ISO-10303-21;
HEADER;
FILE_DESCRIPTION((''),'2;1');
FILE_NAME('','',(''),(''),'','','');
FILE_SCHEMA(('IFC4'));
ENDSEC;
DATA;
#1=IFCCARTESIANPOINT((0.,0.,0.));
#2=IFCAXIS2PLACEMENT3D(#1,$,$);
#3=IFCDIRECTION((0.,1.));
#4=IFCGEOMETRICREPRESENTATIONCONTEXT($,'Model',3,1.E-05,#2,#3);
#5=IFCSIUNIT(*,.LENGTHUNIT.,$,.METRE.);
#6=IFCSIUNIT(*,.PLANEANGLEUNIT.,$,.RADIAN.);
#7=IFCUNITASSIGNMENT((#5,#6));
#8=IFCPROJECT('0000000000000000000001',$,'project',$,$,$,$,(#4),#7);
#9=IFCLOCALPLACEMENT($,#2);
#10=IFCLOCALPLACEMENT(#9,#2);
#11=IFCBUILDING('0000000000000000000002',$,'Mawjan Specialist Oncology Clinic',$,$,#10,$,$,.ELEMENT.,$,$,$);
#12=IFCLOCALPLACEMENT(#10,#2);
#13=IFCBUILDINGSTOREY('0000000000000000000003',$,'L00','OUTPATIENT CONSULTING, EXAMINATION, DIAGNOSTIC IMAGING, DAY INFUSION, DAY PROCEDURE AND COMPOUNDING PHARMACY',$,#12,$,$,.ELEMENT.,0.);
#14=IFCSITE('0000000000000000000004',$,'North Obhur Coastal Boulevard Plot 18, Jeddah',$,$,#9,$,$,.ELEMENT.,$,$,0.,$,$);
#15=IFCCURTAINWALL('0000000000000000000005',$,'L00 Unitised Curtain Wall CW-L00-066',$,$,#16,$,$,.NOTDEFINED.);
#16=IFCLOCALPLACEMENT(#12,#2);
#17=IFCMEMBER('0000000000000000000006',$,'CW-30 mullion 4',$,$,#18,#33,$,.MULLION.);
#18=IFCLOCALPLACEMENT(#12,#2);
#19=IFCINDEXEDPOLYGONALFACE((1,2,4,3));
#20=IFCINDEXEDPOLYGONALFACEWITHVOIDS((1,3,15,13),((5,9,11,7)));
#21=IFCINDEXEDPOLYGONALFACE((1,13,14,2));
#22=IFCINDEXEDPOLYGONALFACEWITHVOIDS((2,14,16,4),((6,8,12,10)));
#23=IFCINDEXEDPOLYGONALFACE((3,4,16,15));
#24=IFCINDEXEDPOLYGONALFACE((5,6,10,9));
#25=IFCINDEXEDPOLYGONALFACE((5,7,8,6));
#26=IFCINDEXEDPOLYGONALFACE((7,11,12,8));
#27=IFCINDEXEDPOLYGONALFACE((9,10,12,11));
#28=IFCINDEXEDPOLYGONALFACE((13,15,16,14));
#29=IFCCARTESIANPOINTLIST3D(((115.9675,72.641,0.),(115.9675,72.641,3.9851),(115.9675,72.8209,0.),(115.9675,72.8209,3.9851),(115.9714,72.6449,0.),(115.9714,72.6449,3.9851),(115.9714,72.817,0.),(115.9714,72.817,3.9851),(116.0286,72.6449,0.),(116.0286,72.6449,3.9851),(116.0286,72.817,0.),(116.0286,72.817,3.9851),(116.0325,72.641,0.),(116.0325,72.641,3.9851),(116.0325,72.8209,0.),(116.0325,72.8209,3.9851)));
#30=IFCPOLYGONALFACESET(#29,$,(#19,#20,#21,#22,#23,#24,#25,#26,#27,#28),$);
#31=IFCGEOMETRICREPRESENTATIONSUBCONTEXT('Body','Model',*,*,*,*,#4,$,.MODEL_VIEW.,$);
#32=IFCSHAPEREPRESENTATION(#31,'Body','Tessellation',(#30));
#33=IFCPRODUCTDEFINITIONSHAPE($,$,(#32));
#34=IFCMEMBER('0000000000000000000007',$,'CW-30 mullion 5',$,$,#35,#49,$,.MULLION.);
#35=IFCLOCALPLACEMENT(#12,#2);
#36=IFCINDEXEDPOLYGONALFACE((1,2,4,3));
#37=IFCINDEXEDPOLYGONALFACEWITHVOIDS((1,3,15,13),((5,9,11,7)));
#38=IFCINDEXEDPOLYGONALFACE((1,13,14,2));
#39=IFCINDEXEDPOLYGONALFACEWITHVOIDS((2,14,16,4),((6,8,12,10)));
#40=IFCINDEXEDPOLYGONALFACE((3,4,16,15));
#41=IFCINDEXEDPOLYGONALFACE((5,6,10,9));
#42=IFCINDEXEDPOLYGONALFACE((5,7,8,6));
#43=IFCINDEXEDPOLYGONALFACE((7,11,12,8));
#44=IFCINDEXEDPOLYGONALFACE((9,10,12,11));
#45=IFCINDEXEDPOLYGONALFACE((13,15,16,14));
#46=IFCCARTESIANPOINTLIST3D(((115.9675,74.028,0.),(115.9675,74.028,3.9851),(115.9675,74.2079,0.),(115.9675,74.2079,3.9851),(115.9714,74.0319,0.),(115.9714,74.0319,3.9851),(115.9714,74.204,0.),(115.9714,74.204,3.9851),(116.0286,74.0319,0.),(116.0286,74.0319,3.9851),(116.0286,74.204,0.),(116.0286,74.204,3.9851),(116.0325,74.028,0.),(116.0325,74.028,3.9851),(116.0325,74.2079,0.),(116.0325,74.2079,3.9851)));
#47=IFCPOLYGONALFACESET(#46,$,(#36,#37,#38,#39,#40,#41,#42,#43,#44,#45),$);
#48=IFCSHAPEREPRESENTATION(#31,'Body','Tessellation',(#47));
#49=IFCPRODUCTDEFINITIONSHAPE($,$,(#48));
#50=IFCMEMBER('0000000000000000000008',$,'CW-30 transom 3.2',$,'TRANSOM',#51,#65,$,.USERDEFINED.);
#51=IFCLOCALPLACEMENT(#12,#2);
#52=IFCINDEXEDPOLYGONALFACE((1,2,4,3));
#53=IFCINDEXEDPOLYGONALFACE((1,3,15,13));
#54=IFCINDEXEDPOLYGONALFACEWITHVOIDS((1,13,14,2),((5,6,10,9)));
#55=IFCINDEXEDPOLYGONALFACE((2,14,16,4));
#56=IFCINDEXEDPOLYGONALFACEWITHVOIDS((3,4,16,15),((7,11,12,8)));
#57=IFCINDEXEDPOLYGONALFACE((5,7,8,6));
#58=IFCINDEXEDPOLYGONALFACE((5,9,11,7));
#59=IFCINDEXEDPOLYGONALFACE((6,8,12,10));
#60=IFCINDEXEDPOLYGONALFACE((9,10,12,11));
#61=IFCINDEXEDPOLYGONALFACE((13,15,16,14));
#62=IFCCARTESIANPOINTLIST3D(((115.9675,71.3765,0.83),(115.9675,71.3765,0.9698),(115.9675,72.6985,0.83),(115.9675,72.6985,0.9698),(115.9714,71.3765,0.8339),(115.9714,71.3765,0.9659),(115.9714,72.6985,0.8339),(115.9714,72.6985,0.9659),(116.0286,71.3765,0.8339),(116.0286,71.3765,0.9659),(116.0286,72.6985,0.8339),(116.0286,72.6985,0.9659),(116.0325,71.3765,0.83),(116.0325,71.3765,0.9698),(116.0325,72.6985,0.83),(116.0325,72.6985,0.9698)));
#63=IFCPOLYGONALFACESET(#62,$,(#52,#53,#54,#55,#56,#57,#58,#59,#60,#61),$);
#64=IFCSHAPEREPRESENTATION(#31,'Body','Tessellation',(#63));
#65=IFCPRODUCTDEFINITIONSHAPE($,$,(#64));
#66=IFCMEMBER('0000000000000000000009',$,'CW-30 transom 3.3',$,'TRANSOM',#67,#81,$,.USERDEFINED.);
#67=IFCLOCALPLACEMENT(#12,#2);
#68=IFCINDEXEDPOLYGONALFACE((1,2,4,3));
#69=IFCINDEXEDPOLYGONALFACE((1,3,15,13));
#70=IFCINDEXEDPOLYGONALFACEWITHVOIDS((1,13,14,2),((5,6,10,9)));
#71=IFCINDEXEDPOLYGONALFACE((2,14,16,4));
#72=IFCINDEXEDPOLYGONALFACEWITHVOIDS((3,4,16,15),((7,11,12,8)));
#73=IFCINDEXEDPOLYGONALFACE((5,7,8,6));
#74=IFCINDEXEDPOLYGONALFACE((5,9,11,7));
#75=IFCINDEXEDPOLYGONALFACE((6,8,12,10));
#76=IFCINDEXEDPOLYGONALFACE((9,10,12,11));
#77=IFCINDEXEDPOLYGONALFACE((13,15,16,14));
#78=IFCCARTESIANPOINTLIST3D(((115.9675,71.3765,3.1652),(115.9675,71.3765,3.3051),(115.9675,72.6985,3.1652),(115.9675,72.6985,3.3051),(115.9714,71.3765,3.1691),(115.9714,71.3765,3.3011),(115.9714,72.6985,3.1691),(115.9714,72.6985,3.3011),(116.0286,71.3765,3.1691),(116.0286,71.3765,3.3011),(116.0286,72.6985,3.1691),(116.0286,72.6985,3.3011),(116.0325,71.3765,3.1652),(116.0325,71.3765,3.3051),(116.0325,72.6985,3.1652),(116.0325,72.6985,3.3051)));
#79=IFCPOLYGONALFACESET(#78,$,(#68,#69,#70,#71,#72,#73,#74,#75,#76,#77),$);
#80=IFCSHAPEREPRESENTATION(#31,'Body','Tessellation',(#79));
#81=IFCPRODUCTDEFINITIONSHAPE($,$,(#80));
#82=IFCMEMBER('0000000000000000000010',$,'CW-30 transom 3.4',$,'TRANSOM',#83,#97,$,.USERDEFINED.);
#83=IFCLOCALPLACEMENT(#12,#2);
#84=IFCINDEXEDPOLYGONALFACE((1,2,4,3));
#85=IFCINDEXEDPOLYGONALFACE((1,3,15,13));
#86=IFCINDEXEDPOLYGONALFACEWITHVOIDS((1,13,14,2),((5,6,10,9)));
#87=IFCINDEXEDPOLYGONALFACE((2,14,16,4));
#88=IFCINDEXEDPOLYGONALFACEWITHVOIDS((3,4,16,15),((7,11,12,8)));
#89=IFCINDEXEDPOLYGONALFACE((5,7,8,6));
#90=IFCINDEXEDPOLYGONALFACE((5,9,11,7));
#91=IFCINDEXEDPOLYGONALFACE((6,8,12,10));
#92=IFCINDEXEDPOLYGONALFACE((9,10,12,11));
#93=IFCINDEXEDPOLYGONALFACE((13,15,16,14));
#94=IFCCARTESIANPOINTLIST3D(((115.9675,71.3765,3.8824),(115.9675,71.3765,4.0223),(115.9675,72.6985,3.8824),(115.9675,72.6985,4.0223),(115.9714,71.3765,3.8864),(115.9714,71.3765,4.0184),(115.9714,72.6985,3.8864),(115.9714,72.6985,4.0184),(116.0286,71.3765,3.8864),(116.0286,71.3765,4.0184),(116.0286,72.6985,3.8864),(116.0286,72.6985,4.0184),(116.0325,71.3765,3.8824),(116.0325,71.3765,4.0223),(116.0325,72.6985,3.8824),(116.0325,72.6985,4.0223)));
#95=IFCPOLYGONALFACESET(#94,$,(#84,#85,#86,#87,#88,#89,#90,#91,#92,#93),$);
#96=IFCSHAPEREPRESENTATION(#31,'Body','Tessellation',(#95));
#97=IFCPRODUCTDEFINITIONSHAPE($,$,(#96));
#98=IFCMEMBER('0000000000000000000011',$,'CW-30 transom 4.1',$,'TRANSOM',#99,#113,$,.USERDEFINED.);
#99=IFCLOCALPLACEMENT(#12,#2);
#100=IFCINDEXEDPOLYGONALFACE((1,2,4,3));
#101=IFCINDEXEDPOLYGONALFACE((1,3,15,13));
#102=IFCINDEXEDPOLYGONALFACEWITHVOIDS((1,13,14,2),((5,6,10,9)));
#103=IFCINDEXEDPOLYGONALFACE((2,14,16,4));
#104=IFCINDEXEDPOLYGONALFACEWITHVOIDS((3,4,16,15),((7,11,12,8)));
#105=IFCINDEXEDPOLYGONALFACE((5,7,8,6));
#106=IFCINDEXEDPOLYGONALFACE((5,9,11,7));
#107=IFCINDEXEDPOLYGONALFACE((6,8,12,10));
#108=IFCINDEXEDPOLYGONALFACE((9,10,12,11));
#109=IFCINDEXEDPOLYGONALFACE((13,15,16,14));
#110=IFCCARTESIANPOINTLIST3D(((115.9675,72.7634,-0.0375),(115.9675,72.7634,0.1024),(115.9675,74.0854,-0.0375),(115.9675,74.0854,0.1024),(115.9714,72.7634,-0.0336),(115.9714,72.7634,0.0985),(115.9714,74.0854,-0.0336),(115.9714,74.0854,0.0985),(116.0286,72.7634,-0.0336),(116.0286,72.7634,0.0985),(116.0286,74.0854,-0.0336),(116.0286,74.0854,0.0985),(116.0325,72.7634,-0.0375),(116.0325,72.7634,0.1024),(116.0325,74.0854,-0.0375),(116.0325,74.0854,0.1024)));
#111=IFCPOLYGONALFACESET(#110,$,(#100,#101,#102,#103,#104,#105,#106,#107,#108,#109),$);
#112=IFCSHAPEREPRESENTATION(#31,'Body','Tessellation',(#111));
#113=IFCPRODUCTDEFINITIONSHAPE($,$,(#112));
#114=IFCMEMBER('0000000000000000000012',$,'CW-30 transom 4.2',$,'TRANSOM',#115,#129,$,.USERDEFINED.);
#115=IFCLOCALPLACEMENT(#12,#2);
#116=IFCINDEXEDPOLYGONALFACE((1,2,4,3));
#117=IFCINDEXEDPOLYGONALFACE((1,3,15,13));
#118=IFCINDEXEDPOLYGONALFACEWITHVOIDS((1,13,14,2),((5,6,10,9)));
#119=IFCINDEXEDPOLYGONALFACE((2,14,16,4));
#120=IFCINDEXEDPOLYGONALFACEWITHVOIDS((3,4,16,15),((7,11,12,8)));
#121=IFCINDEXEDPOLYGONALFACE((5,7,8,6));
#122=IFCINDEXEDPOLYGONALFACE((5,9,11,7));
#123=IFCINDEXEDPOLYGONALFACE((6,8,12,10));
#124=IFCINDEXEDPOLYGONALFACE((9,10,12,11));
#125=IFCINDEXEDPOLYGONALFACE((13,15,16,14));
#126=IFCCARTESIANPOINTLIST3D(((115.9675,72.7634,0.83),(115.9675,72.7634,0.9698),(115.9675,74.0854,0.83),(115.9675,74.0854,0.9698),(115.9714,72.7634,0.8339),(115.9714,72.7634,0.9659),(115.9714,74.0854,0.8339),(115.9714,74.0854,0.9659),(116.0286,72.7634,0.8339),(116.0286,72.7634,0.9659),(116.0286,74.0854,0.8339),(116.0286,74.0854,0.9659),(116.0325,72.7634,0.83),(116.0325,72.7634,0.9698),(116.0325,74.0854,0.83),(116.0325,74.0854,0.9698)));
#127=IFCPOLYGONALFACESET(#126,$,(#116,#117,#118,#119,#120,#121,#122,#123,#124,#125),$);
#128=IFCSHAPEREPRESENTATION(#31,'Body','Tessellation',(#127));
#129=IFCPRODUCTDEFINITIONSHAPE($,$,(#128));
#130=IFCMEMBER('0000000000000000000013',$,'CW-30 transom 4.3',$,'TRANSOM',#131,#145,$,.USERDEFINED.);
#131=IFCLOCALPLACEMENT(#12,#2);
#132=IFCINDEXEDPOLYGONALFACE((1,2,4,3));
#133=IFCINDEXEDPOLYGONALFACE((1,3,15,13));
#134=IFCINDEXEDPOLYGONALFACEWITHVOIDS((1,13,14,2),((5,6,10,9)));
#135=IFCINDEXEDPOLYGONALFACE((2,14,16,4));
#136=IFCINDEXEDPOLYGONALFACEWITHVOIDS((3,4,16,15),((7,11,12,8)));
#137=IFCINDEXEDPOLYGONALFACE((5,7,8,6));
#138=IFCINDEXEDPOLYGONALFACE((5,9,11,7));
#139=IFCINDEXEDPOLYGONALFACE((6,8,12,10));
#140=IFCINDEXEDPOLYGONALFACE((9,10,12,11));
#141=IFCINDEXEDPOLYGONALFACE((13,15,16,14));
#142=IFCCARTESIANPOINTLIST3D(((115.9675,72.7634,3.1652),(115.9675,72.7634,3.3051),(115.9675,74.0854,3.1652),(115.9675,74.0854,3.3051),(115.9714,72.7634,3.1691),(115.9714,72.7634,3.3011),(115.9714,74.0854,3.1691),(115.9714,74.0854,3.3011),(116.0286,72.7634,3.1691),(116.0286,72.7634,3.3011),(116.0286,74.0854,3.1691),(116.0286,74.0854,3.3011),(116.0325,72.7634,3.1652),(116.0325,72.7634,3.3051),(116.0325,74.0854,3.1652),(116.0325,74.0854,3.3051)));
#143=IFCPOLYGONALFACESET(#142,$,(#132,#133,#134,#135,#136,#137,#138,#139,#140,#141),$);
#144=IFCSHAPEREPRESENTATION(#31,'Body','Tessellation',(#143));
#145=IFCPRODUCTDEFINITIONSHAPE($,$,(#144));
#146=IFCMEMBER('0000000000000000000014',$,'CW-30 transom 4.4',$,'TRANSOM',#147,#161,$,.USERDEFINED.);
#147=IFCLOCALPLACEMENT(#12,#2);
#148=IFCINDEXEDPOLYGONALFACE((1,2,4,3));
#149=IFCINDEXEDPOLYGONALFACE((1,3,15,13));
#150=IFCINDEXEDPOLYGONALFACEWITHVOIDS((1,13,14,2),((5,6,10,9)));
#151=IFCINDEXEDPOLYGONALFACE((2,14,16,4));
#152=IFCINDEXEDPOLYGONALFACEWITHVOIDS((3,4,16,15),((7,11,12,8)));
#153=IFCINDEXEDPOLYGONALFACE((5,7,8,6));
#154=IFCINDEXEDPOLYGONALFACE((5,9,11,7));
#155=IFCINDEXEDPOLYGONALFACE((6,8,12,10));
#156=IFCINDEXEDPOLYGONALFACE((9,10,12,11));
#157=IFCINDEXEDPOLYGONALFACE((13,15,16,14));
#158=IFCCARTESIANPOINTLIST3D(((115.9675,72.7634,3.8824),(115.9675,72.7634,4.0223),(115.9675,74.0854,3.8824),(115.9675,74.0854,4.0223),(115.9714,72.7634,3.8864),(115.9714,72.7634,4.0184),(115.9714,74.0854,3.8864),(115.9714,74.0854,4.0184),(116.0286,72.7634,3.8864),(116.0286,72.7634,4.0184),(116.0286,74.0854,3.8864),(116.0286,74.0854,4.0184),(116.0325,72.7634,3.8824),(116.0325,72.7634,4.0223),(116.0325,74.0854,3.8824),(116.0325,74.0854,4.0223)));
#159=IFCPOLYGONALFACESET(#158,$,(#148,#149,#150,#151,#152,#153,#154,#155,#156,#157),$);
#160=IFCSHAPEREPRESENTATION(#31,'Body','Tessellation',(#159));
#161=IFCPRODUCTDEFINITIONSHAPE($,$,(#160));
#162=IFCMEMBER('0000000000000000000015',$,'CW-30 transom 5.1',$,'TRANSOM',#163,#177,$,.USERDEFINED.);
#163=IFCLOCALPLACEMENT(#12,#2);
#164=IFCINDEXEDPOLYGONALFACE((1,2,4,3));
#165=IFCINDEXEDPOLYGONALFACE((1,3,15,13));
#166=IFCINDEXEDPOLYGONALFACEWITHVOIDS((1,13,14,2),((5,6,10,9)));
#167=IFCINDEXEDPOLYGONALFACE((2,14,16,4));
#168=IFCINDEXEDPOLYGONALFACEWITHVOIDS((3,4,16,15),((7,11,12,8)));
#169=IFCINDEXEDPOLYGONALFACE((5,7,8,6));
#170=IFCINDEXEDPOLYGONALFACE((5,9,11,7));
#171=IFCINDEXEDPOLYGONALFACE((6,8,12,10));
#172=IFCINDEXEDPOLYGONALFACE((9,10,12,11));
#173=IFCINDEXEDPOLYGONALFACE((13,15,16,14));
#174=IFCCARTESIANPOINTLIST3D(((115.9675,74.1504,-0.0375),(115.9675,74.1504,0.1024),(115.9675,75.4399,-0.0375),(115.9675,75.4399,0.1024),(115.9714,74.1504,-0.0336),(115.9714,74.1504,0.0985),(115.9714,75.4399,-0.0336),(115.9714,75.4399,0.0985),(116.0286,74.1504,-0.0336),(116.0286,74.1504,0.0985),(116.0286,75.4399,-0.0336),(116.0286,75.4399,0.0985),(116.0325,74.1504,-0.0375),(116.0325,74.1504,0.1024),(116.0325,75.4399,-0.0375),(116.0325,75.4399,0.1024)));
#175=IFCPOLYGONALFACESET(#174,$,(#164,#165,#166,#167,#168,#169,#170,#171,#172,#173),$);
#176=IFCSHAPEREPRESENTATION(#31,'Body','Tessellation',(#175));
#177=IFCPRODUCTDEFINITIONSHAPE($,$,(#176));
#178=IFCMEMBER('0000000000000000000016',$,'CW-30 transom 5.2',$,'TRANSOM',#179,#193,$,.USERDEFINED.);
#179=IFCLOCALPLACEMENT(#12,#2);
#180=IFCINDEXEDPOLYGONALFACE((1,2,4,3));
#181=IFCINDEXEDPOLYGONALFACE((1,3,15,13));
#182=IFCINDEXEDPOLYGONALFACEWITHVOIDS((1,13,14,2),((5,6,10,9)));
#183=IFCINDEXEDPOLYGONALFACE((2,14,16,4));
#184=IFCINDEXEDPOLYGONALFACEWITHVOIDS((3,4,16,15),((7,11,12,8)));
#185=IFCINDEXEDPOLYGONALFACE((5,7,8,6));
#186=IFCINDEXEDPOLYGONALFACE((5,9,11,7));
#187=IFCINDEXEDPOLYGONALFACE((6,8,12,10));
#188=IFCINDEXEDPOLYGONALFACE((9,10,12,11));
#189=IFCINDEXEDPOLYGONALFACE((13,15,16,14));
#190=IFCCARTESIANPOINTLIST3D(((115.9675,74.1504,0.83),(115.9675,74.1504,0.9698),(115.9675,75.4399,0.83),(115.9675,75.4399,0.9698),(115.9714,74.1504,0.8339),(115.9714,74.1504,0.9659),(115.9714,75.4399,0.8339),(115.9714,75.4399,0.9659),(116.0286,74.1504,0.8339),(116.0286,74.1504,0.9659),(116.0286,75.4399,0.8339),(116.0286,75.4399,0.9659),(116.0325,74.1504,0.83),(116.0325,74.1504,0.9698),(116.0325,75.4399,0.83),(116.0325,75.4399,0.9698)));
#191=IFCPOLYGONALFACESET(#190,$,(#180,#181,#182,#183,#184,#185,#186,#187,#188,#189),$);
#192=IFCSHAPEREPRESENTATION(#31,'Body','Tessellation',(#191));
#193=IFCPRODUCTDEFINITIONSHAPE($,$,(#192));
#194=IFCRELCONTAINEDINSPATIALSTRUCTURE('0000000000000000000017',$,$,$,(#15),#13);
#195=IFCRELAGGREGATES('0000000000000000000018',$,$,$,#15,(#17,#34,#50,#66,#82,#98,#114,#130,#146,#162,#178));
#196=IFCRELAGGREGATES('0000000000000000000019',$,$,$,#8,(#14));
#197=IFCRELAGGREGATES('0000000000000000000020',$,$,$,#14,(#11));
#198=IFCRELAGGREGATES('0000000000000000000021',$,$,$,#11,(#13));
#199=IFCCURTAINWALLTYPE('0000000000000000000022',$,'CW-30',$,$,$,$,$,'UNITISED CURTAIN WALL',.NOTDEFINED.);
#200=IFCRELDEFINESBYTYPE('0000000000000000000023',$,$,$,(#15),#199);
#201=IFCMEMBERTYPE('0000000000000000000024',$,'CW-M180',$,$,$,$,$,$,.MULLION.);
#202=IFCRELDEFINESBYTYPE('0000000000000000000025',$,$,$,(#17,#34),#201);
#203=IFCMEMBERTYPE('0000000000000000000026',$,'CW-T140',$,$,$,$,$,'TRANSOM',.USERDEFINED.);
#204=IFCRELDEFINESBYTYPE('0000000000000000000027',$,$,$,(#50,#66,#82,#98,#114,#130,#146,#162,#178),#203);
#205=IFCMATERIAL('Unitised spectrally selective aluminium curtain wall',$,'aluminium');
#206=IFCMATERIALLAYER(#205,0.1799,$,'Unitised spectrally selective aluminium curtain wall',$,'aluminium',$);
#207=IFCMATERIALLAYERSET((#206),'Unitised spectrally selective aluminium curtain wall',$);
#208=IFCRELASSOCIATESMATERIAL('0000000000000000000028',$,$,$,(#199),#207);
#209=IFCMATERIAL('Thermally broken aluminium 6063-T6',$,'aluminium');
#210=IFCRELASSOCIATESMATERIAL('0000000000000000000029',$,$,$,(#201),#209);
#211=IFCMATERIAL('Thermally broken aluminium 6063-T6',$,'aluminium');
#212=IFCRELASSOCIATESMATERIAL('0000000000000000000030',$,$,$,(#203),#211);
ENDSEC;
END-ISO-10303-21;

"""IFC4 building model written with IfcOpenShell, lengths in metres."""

from ifc_helpers import new_model, si_unit, direction, frame, origin, origin_2d, place, context, subcontext, project, spatial, hollow_rectangle, extrude, material, layer, layer_set, material_profile, profile_set, type_object, element, aggregate, save


model = new_model("IFC4")

# Units and contexts
model_context = context("Model", 3, precision=1e-05, world=origin(), true_north=direction((0.0, 1.0)))
body_context = subcontext(model_context, "Body", "Model", "MODEL_VIEW")
ifc_project = project(units=[si_unit("LENGTHUNIT", "METRE"), si_unit("PLANEANGLEUNIT", "RADIAN")], contexts=[model_context])

# Site, building, storey
site_placement = place(None, origin())
site = spatial("IfcSite", under=ifc_project, at=site_placement, Name="North Obhur Coastal Boulevard Plot 18, Jeddah", CompositionType="ELEMENT", RefElevation=0.0)
building_placement = place(site_placement, origin())
building = spatial("IfcBuilding", under=site, at=building_placement, Name="Mawjan Specialist Oncology Clinic", CompositionType="ELEMENT")
storey_placement = place(building_placement, origin())
storey = spatial("IfcBuildingStorey", under=building, at=storey_placement, Name="L00", Description="OUTPATIENT CONSULTING, EXAMINATION, DIAGNOSTIC IMAGING, DAY INFUSION, DAY PROCEDURE AND COMPOUNDING PHARMACY", CompositionType="ELEMENT", Elevation=0.0)

# Curtain wall, members
ifc_material_1 = material(Name="Unitised spectrally selective aluminium curtain wall", Category="aluminium")
ifc_layer_1 = layer(ifc_material_1, 0.1799, Name="Unitised spectrally selective aluminium curtain wall", Category="aluminium")
ifc_layer_set_1 = layer_set([ifc_layer_1], Name="Unitised spectrally selective aluminium curtain wall")
curtain_wall_type = type_object("IfcCurtainWallType", Name="CW-30", ElementType="UNITISED CURTAIN WALL", PredefinedType="NOTDEFINED", material=ifc_layer_set_1)
curtain_wall_placement = place(storey_placement, origin())
curtain_wall = element("IfcCurtainWall", 1, at=curtain_wall_placement, inside=storey, type_object=curtain_wall_type, Name="L00 Unitised Curtain Wall CW-L00-066", PredefinedType="NOTDEFINED")
ifc_material_2 = material(Name="Thermally broken aluminium 6063-T6", Category="aluminium")
ifc_material_profile_1 = material_profile(ifc_material_2, hollow_rectangle(XDim=0.0649, YDim=0.1799, WallThickness=0.0039, at=origin_2d()), Name="ALU MULLION 180x65x4", Category="aluminium")
ifc_profile_set_1 = profile_set([ifc_material_profile_1], Name="Thermally broken aluminium 6063-T6")
member_type_1 = type_object("IfcMemberType", Name="CW-M180", PredefinedType="MULLION", material=ifc_profile_set_1)
member_1_placement = place(storey_placement, frame((116.0, 72.731, 0.0), z_axis=(0.0, 0.0, 1.0), x_axis=(-1.0, 0.0, 0.0)))
member_1 = element("IfcMember", 2, at=member_1_placement, type_object=member_type_1, Name="CW-30 mullion 4", PredefinedType="MULLION", context=body_context, shape_type="SweptSolid", body=[
    extrude(hollow_rectangle(XDim=0.0649, YDim=0.1799, WallThickness=0.0039, at=origin_2d()), origin(), (0.0, 0.0, 1.0), 3.9851),
])
member_2_placement = place(storey_placement, frame((116.0, 74.1179, 0.0), z_axis=(0.0, 0.0, 1.0), x_axis=(-1.0, 0.0, 0.0)))
member_2 = element("IfcMember", 3, at=member_2_placement, type_object=member_type_1, Name="CW-30 mullion 5", PredefinedType="MULLION", context=body_context, shape_type="SweptSolid", body=[
    extrude(hollow_rectangle(XDim=0.0649, YDim=0.1799, WallThickness=0.0039, at=origin_2d()), origin(), (0.0, 0.0, 1.0), 3.9851),
])
ifc_material_3 = material(Name="Thermally broken aluminium 6063-T6", Category="aluminium")
ifc_material_profile_2 = material_profile(ifc_material_3, hollow_rectangle(XDim=0.0649, YDim=0.1399, WallThickness=0.0039, at=origin_2d()), Name="ALU TRANSOM 140x65x4", Category="aluminium")
ifc_profile_set_2 = profile_set([ifc_material_profile_2], Name="Thermally broken aluminium 6063-T6")
member_type_2 = type_object("IfcMemberType", Name="CW-T140", ElementType="TRANSOM", PredefinedType="USERDEFINED", material=ifc_profile_set_2)
member_3_placement = place(storey_placement, frame((116.0, 71.3765, 0.8999), z_axis=(0.0, 1.0, 0.0), x_axis=(-1.0, 0.0, 0.0)))
member_3 = element("IfcMember", 4, at=member_3_placement, type_object=member_type_2, Name="CW-30 transom 3.2", ObjectType="TRANSOM", PredefinedType="USERDEFINED", context=body_context, shape_type="SweptSolid", body=[
    extrude(hollow_rectangle(XDim=0.0649, YDim=0.1399, WallThickness=0.0039, at=origin_2d()), origin(), (0.0, 0.0, 1.0), 1.322),
])
member_4_placement = place(storey_placement, frame((116.0, 71.3765, 3.2351), z_axis=(0.0, 1.0, 0.0), x_axis=(-1.0, 0.0, 0.0)))
member_4 = element("IfcMember", 5, at=member_4_placement, type_object=member_type_2, Name="CW-30 transom 3.3", ObjectType="TRANSOM", PredefinedType="USERDEFINED", context=body_context, shape_type="SweptSolid", body=[
    extrude(hollow_rectangle(XDim=0.0649, YDim=0.1399, WallThickness=0.0039, at=origin_2d()), origin(), (0.0, 0.0, 1.0), 1.322),
])
member_5_placement = place(storey_placement, frame((116.0, 71.3765, 3.9524), z_axis=(0.0, 1.0, 0.0), x_axis=(-1.0, 0.0, 0.0)))
member_5 = element("IfcMember", 6, at=member_5_placement, type_object=member_type_2, Name="CW-30 transom 3.4", ObjectType="TRANSOM", PredefinedType="USERDEFINED", context=body_context, shape_type="SweptSolid", body=[
    extrude(hollow_rectangle(XDim=0.0649, YDim=0.1399, WallThickness=0.0039, at=origin_2d()), origin(), (0.0, 0.0, 1.0), 1.322),
])
member_6_placement = place(storey_placement, frame((116.0, 72.7634, 0.0325), z_axis=(0.0, 1.0, 0.0), x_axis=(-1.0, 0.0, 0.0)))
member_6 = element("IfcMember", 7, at=member_6_placement, type_object=member_type_2, Name="CW-30 transom 4.1", ObjectType="TRANSOM", PredefinedType="USERDEFINED", context=body_context, shape_type="SweptSolid", body=[
    extrude(hollow_rectangle(XDim=0.0649, YDim=0.1399, WallThickness=0.0039, at=origin_2d()), origin(), (0.0, 0.0, 1.0), 1.322),
])
member_7_placement = place(storey_placement, frame((116.0, 72.7634, 0.8999), z_axis=(0.0, 1.0, 0.0), x_axis=(-1.0, 0.0, 0.0)))
member_7 = element("IfcMember", 8, at=member_7_placement, type_object=member_type_2, Name="CW-30 transom 4.2", ObjectType="TRANSOM", PredefinedType="USERDEFINED", context=body_context, shape_type="SweptSolid", body=[
    extrude(hollow_rectangle(XDim=0.0649, YDim=0.1399, WallThickness=0.0039, at=origin_2d()), origin(), (0.0, 0.0, 1.0), 1.322),
])
member_8_placement = place(storey_placement, frame((116.0, 72.7634, 3.2351), z_axis=(0.0, 1.0, 0.0), x_axis=(-1.0, 0.0, 0.0)))
member_8 = element("IfcMember", 9, at=member_8_placement, type_object=member_type_2, Name="CW-30 transom 4.3", ObjectType="TRANSOM", PredefinedType="USERDEFINED", context=body_context, shape_type="SweptSolid", body=[
    extrude(hollow_rectangle(XDim=0.0649, YDim=0.1399, WallThickness=0.0039, at=origin_2d()), origin(), (0.0, 0.0, 1.0), 1.322),
])
member_9_placement = place(storey_placement, frame((116.0, 72.7634, 3.9524), z_axis=(0.0, 1.0, 0.0), x_axis=(-1.0, 0.0, 0.0)))
member_9 = element("IfcMember", 10, at=member_9_placement, type_object=member_type_2, Name="CW-30 transom 4.4", ObjectType="TRANSOM", PredefinedType="USERDEFINED", context=body_context, shape_type="SweptSolid", body=[
    extrude(hollow_rectangle(XDim=0.0649, YDim=0.1399, WallThickness=0.0039, at=origin_2d()), origin(), (0.0, 0.0, 1.0), 1.322),
])
member_10_placement = place(storey_placement, frame((116.0, 74.1504, 0.0325), z_axis=(0.0, 1.0, 0.0), x_axis=(-1.0, 0.0, 0.0)))
member_10 = element("IfcMember", 11, at=member_10_placement, type_object=member_type_2, Name="CW-30 transom 5.1", ObjectType="TRANSOM", PredefinedType="USERDEFINED", context=body_context, shape_type="SweptSolid", body=[
    extrude(hollow_rectangle(XDim=0.0649, YDim=0.1399, WallThickness=0.0039, at=origin_2d()), origin(), (0.0, 0.0, 1.0), 1.2896),
])
member_11_placement = place(storey_placement, frame((116.0, 74.1504, 0.8999), z_axis=(0.0, 1.0, 0.0), x_axis=(-1.0, 0.0, 0.0)))
member_11 = element("IfcMember", 12, at=member_11_placement, type_object=member_type_2, Name="CW-30 transom 5.2", ObjectType="TRANSOM", PredefinedType="USERDEFINED", context=body_context, shape_type="SweptSolid", body=[
    extrude(hollow_rectangle(XDim=0.0649, YDim=0.1399, WallThickness=0.0039, at=origin_2d()), origin(), (0.0, 0.0, 1.0), 1.2896),
])
aggregate(curtain_wall, [member_1, member_2, member_3, member_4, member_5, member_6, member_7, member_8, member_9, member_10, member_11])

save(model, "model.ifc")
